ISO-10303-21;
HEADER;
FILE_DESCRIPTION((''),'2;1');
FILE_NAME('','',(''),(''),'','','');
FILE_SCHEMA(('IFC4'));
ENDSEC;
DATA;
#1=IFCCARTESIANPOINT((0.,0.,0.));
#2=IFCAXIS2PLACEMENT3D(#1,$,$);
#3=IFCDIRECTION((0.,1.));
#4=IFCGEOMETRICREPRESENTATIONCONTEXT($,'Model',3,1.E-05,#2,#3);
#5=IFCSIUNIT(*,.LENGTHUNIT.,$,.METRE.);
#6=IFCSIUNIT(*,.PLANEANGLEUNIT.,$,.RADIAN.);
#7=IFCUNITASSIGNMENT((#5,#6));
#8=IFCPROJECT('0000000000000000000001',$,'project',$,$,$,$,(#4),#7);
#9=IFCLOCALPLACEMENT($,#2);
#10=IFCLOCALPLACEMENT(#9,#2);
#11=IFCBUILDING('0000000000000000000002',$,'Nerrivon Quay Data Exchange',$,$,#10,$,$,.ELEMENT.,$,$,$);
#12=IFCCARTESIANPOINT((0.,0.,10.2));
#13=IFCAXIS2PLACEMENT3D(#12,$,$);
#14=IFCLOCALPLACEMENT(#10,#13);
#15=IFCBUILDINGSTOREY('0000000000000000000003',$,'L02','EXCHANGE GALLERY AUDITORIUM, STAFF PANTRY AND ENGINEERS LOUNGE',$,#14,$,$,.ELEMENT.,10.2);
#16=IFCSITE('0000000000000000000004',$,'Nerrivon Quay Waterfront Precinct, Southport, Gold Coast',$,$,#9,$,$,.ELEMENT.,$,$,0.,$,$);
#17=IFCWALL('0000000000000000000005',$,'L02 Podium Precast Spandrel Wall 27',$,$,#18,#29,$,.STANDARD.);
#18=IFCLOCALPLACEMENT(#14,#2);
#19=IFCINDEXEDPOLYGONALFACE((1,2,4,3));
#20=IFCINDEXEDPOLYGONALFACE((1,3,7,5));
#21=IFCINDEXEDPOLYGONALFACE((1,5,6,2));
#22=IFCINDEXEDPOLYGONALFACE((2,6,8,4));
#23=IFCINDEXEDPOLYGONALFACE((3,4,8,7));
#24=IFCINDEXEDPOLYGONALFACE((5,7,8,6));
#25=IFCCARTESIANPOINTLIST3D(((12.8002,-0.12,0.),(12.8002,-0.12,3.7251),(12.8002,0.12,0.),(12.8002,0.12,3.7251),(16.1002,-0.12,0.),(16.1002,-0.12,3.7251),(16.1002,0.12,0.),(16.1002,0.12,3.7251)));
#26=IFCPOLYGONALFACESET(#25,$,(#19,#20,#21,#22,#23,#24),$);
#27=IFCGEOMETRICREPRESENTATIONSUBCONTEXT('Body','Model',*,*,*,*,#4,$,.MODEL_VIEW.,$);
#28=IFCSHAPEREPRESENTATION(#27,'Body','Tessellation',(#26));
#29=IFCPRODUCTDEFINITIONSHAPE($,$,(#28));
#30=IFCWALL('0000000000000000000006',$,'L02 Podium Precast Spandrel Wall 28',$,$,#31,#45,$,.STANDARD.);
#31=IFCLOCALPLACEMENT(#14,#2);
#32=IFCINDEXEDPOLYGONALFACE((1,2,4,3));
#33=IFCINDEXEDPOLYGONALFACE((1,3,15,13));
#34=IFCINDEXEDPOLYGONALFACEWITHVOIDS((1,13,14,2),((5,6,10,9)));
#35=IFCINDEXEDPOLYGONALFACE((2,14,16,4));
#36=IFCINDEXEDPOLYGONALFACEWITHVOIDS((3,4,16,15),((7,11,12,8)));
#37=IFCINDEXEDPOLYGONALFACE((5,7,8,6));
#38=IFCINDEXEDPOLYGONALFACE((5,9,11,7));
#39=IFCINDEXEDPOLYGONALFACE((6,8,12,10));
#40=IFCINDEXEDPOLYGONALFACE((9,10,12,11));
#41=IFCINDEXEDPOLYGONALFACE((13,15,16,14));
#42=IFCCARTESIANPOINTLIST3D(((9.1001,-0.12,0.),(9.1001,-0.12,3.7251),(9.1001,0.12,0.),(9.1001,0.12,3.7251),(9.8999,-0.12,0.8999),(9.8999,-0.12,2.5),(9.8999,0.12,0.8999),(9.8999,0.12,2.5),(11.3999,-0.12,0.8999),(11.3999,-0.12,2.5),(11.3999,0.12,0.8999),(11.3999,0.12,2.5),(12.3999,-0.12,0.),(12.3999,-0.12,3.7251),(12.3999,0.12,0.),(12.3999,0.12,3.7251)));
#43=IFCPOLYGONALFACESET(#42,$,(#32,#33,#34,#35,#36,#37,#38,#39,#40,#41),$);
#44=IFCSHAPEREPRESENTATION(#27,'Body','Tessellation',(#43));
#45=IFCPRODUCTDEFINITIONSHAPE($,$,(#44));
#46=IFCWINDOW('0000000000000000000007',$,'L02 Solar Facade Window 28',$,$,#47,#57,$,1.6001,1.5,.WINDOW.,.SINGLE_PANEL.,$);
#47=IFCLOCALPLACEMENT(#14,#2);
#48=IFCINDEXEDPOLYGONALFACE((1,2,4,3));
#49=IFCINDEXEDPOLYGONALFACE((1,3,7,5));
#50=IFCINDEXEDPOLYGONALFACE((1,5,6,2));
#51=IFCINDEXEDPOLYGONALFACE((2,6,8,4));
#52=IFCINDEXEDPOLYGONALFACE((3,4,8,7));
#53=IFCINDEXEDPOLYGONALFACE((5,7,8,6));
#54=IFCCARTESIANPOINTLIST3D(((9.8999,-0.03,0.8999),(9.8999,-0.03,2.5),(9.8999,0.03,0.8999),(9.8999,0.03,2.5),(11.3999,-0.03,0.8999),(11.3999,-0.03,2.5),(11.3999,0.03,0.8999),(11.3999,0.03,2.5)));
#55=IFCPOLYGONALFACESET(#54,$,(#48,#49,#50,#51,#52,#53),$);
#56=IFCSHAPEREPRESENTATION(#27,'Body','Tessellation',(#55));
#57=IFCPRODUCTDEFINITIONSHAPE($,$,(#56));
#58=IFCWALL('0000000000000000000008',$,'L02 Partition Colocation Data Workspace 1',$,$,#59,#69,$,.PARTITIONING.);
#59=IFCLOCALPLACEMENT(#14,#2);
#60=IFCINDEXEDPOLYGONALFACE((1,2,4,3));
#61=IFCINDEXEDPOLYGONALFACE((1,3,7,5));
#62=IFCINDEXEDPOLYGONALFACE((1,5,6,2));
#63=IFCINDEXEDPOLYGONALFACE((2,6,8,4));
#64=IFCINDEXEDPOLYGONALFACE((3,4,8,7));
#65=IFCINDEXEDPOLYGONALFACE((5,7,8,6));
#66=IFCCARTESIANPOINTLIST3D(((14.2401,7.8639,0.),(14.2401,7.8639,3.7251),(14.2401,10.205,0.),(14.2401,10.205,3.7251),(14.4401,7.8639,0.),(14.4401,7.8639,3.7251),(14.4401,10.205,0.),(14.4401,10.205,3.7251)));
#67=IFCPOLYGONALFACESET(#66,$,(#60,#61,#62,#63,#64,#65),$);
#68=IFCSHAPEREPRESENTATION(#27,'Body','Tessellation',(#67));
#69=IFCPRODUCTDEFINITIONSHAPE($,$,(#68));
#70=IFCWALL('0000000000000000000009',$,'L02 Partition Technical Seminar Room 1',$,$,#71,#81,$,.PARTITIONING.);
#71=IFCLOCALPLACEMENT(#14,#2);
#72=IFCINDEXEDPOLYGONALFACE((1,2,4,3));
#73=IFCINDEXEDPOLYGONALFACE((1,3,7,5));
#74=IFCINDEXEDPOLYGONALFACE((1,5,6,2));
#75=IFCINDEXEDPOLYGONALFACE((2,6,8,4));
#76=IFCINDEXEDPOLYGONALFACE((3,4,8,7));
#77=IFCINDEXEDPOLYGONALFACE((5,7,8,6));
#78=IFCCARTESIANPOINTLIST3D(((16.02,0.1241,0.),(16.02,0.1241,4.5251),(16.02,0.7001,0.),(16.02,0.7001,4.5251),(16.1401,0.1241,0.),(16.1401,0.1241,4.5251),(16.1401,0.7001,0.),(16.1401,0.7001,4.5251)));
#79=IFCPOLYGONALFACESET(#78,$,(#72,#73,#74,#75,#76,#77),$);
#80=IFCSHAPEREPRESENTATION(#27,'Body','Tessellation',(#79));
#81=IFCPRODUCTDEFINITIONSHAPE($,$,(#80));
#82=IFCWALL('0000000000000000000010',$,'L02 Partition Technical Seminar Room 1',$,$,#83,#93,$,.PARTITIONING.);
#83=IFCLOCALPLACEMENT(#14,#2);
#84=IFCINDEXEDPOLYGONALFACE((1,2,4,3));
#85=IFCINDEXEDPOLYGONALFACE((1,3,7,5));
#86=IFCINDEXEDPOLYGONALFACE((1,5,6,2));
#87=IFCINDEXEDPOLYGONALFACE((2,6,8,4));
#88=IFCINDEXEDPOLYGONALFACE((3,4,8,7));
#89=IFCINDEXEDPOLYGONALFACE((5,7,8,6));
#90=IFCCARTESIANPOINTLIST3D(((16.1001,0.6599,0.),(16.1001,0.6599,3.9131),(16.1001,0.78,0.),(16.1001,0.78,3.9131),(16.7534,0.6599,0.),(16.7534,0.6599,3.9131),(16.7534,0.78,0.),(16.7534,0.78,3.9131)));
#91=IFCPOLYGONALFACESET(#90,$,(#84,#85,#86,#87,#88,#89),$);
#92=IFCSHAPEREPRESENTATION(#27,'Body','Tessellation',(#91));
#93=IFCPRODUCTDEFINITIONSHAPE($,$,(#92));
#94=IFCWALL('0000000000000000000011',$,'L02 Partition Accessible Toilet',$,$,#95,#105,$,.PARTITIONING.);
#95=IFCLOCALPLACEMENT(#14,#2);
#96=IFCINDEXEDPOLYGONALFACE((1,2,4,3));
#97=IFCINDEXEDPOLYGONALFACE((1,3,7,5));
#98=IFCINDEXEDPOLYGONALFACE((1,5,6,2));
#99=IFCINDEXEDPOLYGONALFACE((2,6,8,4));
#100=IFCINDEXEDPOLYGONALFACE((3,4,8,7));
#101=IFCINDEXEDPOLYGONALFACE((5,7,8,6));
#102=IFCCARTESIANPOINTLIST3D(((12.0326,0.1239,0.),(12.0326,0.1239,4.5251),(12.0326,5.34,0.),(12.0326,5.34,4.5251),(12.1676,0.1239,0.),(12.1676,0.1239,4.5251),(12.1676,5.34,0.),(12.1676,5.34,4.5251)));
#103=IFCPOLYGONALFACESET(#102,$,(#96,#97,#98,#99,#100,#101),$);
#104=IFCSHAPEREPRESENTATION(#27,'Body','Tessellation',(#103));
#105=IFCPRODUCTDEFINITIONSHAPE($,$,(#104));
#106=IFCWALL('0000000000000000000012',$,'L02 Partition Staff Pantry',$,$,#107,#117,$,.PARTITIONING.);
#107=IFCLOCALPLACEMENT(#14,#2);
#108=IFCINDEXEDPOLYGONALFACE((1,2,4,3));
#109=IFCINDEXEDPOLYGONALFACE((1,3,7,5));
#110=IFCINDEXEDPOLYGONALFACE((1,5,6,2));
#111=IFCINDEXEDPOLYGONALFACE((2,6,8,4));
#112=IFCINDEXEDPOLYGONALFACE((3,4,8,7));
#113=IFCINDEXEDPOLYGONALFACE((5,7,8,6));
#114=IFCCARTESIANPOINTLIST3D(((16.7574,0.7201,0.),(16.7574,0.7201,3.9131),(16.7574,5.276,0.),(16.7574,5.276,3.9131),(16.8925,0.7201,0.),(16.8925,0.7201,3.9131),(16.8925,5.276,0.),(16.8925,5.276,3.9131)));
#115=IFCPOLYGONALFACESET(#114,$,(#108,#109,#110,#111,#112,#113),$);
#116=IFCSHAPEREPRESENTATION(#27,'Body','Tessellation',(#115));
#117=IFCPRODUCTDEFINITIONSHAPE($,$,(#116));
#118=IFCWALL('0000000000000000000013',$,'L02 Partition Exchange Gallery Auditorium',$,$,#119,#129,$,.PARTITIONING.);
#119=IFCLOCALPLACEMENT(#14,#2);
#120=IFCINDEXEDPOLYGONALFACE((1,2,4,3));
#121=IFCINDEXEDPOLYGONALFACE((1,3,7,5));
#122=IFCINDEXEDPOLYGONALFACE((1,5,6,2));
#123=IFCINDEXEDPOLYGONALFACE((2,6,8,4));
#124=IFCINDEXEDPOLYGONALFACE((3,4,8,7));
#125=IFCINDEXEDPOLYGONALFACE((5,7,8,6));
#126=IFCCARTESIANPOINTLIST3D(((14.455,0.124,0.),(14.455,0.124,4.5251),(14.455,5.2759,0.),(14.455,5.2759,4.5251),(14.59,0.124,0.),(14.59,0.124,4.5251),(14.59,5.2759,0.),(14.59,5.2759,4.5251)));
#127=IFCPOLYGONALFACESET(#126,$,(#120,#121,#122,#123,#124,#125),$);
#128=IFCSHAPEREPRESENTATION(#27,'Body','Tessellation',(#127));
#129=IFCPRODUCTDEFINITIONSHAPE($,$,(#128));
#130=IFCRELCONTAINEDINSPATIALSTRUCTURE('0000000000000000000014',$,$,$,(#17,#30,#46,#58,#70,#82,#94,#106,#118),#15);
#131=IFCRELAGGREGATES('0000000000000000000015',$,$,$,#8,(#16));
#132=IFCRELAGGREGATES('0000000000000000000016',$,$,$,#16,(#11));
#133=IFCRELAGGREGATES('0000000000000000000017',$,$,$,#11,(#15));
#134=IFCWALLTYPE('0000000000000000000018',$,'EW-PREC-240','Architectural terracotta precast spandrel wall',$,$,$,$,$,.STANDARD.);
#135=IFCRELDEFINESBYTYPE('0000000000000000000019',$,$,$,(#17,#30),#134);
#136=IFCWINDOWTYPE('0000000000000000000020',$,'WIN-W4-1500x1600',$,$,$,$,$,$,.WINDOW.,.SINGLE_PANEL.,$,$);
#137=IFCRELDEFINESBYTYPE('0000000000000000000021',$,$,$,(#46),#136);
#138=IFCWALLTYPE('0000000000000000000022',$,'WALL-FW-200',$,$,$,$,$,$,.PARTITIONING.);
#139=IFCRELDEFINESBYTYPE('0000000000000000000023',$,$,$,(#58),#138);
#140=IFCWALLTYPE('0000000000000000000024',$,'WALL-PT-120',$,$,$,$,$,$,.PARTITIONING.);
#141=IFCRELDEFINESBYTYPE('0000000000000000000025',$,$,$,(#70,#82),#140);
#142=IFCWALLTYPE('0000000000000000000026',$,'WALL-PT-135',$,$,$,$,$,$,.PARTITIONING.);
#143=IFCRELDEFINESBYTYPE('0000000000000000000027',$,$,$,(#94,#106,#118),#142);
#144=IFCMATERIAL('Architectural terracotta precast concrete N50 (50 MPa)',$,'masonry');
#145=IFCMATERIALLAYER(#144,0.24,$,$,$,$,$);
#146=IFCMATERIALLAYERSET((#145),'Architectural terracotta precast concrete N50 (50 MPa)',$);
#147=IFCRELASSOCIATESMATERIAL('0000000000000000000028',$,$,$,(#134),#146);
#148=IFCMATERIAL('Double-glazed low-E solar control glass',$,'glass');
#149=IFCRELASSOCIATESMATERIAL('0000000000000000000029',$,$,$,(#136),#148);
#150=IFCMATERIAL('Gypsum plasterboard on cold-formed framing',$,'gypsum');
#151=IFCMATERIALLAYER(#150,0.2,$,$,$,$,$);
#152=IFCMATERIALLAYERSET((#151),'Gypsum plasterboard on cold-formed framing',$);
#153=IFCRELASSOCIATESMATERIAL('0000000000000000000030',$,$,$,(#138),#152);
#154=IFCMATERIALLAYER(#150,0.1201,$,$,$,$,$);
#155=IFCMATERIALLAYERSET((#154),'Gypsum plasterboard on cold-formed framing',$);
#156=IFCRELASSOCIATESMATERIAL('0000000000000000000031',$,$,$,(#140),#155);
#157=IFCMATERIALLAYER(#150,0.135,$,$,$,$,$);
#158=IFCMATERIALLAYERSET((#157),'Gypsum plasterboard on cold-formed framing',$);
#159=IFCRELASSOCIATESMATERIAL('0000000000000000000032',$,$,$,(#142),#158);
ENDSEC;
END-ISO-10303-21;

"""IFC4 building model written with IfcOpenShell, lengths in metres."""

from ifc_helpers import new_model, si_unit, direction, frame, frame_2d, origin, place, context, subcontext, project, spatial, rectangle, extrude, material, layer, layer_set, type_object, element, fill, save


model = new_model("IFC4")

# Units and contexts
model_context = context("Model", 3, precision=1e-05, world=origin(), true_north=direction((0.0, 1.0)))
body_context = subcontext(model_context, "Body", "Model", "MODEL_VIEW")
ifc_project = project(units=[si_unit("LENGTHUNIT", "METRE"), si_unit("PLANEANGLEUNIT", "RADIAN")], contexts=[model_context])

# Site, building, storey
site_placement = place(None, origin())
site = spatial("IfcSite", under=ifc_project, at=site_placement, Name="Nerrivon Quay Waterfront Precinct, Southport, Gold Coast", CompositionType="ELEMENT", RefElevation=0.0)
building_placement = place(site_placement, origin())
building = spatial("IfcBuilding", under=site, at=building_placement, Name="Nerrivon Quay Data Exchange", CompositionType="ELEMENT")
storey_placement = place(building_placement, frame((0.0, 0.0, 10.2)))
storey = spatial("IfcBuildingStorey", under=building, at=storey_placement, Name="L02", Description="EXCHANGE GALLERY AUDITORIUM, STAFF PANTRY AND ENGINEERS LOUNGE", CompositionType="ELEMENT", Elevation=10.2)

# Wall
ifc_material_1 = material(Name="Architectural terracotta precast concrete N50 (50 MPa)", Category="masonry")
ifc_layer_1 = layer(ifc_material_1, 0.24)
ifc_layer_set_1 = layer_set([ifc_layer_1], Name="Architectural terracotta precast concrete N50 (50 MPa)")
wall_type_1 = type_object("IfcWallType", Name="EW-PREC-240", Description="Architectural terracotta precast spandrel wall", PredefinedType="STANDARD", material=ifc_layer_set_1)
wall_1_placement = place(storey_placement, frame((16.1001, 0.0, 0.0), z_axis=(0.0, 0.0, 1.0), x_axis=(-1.0, 0.0, 0.0)))
element("IfcWall", 1, at=wall_1_placement, inside=storey, type_object=wall_type_1, Name="L02 Podium Precast Spandrel Wall 27", PredefinedType="STANDARD", context=body_context, shape_type="SweptSolid", body=[
    extrude(rectangle(XDim=3.3, YDim=0.24, at=frame_2d((1.6499, 0.0))), origin(), (0.0, 0.0, 1.0), 3.7251),
])

# Wall, opening, window
wall_2_placement = place(storey_placement, frame((12.3999, 0.0, 0.0), z_axis=(0.0, 0.0, 1.0), x_axis=(-1.0, 0.0, 0.0)))
wall_2 = element("IfcWall", 2, at=wall_2_placement, inside=storey, type_object=wall_type_1, Name="L02 Podium Precast Spandrel Wall 28", PredefinedType="STANDARD", context=body_context, shape_type="SweptSolid", body=[
    extrude(rectangle(XDim=3.2998, YDim=0.24, at=frame_2d((1.6499, 0.0))), origin(), (0.0, 0.0, 1.0), 3.7251),
])
opening_1_placement = place(wall_2_placement, frame((1.0, 0.0, 0.8999)))
opening_1 = element("IfcOpeningElement", 3, at=opening_1_placement, cuts=wall_2, PredefinedType="OPENING", context=body_context, shape_type="SweptSolid", body=[
    extrude(rectangle(XDim=1.5, YDim=1.6001, at=frame_2d((0.75, 0.8))), frame((0.0, 0.1299, 0.0), z_axis=(0.0, -1.0, 0.0), x_axis=(1.0, 0.0, 0.0)), (0.0, 0.0, 1.0), 0.26),
])
ifc_material_2 = material(Name="Double-glazed low-E solar control glass", Category="glass")
window_type = type_object("IfcWindowType", Name="WIN-W4-1500x1600", PartitioningType="SINGLE_PANEL", PredefinedType="WINDOW", material=ifc_material_2)
window_placement = place(opening_1_placement, origin())
window = element("IfcWindow", 4, at=window_placement, inside=storey, type_object=window_type, Name="L02 Solar Facade Window 28", OverallHeight=1.6001, OverallWidth=1.5, PartitioningType="SINGLE_PANEL", PredefinedType="WINDOW", context=body_context, shape_type="SweptSolid", body=[
    extrude(rectangle(XDim=1.5, YDim=1.6001, at=frame_2d((0.75, 0.8))), frame((0.0, 0.03, 0.0), z_axis=(0.0, -1.0, 0.0), x_axis=(1.0, 0.0, 0.0)), (0.0, 0.0, 1.0), 0.0601),
])
fill(opening_1, window)

# Wall
ifc_material_3 = material(Name="Gypsum plasterboard on cold-formed framing", Category="gypsum")
ifc_layer_2 = layer(ifc_material_3, 0.2)
ifc_layer_set_2 = layer_set([ifc_layer_2], Name="Gypsum plasterboard on cold-formed framing")
wall_type_2 = type_object("IfcWallType", Name="WALL-FW-200", PredefinedType="PARTITIONING", material=ifc_layer_set_2)
wall_3_placement = place(storey_placement, frame((14.3401, 7.864, 0.0), z_axis=(0.0, 0.0, 1.0), x_axis=(0.0, 1.0, 0.0)))
element("IfcWall", 5, at=wall_3_placement, inside=storey, type_object=wall_type_2, Name="L02 Partition Colocation Data Workspace 1", PredefinedType="PARTITIONING", context=body_context, shape_type="SweptSolid", body=[
    extrude(rectangle(XDim=2.3411, YDim=0.2, at=frame_2d((1.1704, 0.0))), origin(), (0.0, 0.0, 1.0), 3.7251),
])

# Shared definitions
ifc_layer_3 = layer(ifc_material_3, 0.1201)
ifc_layer_set_3 = layer_set([ifc_layer_3], Name="Gypsum plasterboard on cold-formed framing")
wall_type_3 = type_object("IfcWallType", Name="WALL-PT-120", PredefinedType="PARTITIONING", material=ifc_layer_set_3)

# Walls
wall_4_placement = place(storey_placement, frame((16.0801, 0.124, 0.0), z_axis=(0.0, 0.0, 1.0), x_axis=(0.0, 1.0, 0.0)))
element("IfcWall", 6, at=wall_4_placement, inside=storey, type_object=wall_type_3, Name="L02 Partition Technical Seminar Room 1", PredefinedType="PARTITIONING", context=body_context, shape_type="SweptSolid", body=[
    extrude(rectangle(XDim=0.5759, YDim=0.1201, at=frame_2d((0.2881, 0.0))), origin(), (0.0, 0.0, 1.0), 4.5251),
])
wall_5_placement = place(storey_placement, frame((16.1001, 0.72, 0.0), z_axis=(0.0, 0.0, 1.0), x_axis=(1.0, 0.0, 0.0)))
element("IfcWall", 7, at=wall_5_placement, inside=storey, type_object=wall_type_3, Name="L02 Partition Technical Seminar Room 1", PredefinedType="PARTITIONING", context=body_context, shape_type="SweptSolid", body=[
    extrude(rectangle(XDim=0.6533, YDim=0.1201, at=frame_2d((0.3267, 0.0))), origin(), (0.0, 0.0, 1.0), 3.9131),
])

# Walls
ifc_layer_4 = layer(ifc_material_3, 0.135)
ifc_layer_set_4 = layer_set([ifc_layer_4], Name="Gypsum plasterboard on cold-formed framing")
wall_type_4 = type_object("IfcWallType", Name="WALL-PT-135", PredefinedType="PARTITIONING", material=ifc_layer_set_4)
wall_6_placement = place(storey_placement, frame((12.1001, 0.124, 0.0), z_axis=(0.0, 0.0, 1.0), x_axis=(0.0, 1.0, 0.0)))
element("IfcWall", 8, at=wall_6_placement, inside=storey, type_object=wall_type_4, Name="L02 Partition Accessible Toilet", PredefinedType="PARTITIONING", context=body_context, shape_type="SweptSolid", body=[
    extrude(rectangle(XDim=5.2161, YDim=0.135, at=frame_2d((2.6079, 0.0))), origin(), (0.0, 0.0, 1.0), 4.5251),
])
wall_7_placement = place(storey_placement, frame((16.825, 5.2759, 0.0), z_axis=(0.0, 0.0, 1.0), x_axis=(0.0, -1.0, 0.0)))
element("IfcWall", 9, at=wall_7_placement, inside=storey, type_object=wall_type_4, Name="L02 Partition Staff Pantry", PredefinedType="PARTITIONING", context=body_context, shape_type="SweptSolid", body=[
    extrude(rectangle(XDim=4.5559, YDim=0.135, at=frame_2d((2.2778, 0.0))), origin(), (0.0, 0.0, 1.0), 3.9131),
])
wall_8_placement = place(storey_placement, frame((14.5225, 0.124, 0.0), z_axis=(0.0, 0.0, 1.0), x_axis=(0.0, 1.0, 0.0)))
element("IfcWall", 10, at=wall_8_placement, inside=storey, type_object=wall_type_4, Name="L02 Partition Exchange Gallery Auditorium", PredefinedType="PARTITIONING", context=body_context, shape_type="SweptSolid", body=[
    extrude(rectangle(XDim=5.1519, YDim=0.135, at=frame_2d((2.5759, 0.0))), origin(), (0.0, 0.0, 1.0), 4.5251),
])

save(model, "model.ifc")
